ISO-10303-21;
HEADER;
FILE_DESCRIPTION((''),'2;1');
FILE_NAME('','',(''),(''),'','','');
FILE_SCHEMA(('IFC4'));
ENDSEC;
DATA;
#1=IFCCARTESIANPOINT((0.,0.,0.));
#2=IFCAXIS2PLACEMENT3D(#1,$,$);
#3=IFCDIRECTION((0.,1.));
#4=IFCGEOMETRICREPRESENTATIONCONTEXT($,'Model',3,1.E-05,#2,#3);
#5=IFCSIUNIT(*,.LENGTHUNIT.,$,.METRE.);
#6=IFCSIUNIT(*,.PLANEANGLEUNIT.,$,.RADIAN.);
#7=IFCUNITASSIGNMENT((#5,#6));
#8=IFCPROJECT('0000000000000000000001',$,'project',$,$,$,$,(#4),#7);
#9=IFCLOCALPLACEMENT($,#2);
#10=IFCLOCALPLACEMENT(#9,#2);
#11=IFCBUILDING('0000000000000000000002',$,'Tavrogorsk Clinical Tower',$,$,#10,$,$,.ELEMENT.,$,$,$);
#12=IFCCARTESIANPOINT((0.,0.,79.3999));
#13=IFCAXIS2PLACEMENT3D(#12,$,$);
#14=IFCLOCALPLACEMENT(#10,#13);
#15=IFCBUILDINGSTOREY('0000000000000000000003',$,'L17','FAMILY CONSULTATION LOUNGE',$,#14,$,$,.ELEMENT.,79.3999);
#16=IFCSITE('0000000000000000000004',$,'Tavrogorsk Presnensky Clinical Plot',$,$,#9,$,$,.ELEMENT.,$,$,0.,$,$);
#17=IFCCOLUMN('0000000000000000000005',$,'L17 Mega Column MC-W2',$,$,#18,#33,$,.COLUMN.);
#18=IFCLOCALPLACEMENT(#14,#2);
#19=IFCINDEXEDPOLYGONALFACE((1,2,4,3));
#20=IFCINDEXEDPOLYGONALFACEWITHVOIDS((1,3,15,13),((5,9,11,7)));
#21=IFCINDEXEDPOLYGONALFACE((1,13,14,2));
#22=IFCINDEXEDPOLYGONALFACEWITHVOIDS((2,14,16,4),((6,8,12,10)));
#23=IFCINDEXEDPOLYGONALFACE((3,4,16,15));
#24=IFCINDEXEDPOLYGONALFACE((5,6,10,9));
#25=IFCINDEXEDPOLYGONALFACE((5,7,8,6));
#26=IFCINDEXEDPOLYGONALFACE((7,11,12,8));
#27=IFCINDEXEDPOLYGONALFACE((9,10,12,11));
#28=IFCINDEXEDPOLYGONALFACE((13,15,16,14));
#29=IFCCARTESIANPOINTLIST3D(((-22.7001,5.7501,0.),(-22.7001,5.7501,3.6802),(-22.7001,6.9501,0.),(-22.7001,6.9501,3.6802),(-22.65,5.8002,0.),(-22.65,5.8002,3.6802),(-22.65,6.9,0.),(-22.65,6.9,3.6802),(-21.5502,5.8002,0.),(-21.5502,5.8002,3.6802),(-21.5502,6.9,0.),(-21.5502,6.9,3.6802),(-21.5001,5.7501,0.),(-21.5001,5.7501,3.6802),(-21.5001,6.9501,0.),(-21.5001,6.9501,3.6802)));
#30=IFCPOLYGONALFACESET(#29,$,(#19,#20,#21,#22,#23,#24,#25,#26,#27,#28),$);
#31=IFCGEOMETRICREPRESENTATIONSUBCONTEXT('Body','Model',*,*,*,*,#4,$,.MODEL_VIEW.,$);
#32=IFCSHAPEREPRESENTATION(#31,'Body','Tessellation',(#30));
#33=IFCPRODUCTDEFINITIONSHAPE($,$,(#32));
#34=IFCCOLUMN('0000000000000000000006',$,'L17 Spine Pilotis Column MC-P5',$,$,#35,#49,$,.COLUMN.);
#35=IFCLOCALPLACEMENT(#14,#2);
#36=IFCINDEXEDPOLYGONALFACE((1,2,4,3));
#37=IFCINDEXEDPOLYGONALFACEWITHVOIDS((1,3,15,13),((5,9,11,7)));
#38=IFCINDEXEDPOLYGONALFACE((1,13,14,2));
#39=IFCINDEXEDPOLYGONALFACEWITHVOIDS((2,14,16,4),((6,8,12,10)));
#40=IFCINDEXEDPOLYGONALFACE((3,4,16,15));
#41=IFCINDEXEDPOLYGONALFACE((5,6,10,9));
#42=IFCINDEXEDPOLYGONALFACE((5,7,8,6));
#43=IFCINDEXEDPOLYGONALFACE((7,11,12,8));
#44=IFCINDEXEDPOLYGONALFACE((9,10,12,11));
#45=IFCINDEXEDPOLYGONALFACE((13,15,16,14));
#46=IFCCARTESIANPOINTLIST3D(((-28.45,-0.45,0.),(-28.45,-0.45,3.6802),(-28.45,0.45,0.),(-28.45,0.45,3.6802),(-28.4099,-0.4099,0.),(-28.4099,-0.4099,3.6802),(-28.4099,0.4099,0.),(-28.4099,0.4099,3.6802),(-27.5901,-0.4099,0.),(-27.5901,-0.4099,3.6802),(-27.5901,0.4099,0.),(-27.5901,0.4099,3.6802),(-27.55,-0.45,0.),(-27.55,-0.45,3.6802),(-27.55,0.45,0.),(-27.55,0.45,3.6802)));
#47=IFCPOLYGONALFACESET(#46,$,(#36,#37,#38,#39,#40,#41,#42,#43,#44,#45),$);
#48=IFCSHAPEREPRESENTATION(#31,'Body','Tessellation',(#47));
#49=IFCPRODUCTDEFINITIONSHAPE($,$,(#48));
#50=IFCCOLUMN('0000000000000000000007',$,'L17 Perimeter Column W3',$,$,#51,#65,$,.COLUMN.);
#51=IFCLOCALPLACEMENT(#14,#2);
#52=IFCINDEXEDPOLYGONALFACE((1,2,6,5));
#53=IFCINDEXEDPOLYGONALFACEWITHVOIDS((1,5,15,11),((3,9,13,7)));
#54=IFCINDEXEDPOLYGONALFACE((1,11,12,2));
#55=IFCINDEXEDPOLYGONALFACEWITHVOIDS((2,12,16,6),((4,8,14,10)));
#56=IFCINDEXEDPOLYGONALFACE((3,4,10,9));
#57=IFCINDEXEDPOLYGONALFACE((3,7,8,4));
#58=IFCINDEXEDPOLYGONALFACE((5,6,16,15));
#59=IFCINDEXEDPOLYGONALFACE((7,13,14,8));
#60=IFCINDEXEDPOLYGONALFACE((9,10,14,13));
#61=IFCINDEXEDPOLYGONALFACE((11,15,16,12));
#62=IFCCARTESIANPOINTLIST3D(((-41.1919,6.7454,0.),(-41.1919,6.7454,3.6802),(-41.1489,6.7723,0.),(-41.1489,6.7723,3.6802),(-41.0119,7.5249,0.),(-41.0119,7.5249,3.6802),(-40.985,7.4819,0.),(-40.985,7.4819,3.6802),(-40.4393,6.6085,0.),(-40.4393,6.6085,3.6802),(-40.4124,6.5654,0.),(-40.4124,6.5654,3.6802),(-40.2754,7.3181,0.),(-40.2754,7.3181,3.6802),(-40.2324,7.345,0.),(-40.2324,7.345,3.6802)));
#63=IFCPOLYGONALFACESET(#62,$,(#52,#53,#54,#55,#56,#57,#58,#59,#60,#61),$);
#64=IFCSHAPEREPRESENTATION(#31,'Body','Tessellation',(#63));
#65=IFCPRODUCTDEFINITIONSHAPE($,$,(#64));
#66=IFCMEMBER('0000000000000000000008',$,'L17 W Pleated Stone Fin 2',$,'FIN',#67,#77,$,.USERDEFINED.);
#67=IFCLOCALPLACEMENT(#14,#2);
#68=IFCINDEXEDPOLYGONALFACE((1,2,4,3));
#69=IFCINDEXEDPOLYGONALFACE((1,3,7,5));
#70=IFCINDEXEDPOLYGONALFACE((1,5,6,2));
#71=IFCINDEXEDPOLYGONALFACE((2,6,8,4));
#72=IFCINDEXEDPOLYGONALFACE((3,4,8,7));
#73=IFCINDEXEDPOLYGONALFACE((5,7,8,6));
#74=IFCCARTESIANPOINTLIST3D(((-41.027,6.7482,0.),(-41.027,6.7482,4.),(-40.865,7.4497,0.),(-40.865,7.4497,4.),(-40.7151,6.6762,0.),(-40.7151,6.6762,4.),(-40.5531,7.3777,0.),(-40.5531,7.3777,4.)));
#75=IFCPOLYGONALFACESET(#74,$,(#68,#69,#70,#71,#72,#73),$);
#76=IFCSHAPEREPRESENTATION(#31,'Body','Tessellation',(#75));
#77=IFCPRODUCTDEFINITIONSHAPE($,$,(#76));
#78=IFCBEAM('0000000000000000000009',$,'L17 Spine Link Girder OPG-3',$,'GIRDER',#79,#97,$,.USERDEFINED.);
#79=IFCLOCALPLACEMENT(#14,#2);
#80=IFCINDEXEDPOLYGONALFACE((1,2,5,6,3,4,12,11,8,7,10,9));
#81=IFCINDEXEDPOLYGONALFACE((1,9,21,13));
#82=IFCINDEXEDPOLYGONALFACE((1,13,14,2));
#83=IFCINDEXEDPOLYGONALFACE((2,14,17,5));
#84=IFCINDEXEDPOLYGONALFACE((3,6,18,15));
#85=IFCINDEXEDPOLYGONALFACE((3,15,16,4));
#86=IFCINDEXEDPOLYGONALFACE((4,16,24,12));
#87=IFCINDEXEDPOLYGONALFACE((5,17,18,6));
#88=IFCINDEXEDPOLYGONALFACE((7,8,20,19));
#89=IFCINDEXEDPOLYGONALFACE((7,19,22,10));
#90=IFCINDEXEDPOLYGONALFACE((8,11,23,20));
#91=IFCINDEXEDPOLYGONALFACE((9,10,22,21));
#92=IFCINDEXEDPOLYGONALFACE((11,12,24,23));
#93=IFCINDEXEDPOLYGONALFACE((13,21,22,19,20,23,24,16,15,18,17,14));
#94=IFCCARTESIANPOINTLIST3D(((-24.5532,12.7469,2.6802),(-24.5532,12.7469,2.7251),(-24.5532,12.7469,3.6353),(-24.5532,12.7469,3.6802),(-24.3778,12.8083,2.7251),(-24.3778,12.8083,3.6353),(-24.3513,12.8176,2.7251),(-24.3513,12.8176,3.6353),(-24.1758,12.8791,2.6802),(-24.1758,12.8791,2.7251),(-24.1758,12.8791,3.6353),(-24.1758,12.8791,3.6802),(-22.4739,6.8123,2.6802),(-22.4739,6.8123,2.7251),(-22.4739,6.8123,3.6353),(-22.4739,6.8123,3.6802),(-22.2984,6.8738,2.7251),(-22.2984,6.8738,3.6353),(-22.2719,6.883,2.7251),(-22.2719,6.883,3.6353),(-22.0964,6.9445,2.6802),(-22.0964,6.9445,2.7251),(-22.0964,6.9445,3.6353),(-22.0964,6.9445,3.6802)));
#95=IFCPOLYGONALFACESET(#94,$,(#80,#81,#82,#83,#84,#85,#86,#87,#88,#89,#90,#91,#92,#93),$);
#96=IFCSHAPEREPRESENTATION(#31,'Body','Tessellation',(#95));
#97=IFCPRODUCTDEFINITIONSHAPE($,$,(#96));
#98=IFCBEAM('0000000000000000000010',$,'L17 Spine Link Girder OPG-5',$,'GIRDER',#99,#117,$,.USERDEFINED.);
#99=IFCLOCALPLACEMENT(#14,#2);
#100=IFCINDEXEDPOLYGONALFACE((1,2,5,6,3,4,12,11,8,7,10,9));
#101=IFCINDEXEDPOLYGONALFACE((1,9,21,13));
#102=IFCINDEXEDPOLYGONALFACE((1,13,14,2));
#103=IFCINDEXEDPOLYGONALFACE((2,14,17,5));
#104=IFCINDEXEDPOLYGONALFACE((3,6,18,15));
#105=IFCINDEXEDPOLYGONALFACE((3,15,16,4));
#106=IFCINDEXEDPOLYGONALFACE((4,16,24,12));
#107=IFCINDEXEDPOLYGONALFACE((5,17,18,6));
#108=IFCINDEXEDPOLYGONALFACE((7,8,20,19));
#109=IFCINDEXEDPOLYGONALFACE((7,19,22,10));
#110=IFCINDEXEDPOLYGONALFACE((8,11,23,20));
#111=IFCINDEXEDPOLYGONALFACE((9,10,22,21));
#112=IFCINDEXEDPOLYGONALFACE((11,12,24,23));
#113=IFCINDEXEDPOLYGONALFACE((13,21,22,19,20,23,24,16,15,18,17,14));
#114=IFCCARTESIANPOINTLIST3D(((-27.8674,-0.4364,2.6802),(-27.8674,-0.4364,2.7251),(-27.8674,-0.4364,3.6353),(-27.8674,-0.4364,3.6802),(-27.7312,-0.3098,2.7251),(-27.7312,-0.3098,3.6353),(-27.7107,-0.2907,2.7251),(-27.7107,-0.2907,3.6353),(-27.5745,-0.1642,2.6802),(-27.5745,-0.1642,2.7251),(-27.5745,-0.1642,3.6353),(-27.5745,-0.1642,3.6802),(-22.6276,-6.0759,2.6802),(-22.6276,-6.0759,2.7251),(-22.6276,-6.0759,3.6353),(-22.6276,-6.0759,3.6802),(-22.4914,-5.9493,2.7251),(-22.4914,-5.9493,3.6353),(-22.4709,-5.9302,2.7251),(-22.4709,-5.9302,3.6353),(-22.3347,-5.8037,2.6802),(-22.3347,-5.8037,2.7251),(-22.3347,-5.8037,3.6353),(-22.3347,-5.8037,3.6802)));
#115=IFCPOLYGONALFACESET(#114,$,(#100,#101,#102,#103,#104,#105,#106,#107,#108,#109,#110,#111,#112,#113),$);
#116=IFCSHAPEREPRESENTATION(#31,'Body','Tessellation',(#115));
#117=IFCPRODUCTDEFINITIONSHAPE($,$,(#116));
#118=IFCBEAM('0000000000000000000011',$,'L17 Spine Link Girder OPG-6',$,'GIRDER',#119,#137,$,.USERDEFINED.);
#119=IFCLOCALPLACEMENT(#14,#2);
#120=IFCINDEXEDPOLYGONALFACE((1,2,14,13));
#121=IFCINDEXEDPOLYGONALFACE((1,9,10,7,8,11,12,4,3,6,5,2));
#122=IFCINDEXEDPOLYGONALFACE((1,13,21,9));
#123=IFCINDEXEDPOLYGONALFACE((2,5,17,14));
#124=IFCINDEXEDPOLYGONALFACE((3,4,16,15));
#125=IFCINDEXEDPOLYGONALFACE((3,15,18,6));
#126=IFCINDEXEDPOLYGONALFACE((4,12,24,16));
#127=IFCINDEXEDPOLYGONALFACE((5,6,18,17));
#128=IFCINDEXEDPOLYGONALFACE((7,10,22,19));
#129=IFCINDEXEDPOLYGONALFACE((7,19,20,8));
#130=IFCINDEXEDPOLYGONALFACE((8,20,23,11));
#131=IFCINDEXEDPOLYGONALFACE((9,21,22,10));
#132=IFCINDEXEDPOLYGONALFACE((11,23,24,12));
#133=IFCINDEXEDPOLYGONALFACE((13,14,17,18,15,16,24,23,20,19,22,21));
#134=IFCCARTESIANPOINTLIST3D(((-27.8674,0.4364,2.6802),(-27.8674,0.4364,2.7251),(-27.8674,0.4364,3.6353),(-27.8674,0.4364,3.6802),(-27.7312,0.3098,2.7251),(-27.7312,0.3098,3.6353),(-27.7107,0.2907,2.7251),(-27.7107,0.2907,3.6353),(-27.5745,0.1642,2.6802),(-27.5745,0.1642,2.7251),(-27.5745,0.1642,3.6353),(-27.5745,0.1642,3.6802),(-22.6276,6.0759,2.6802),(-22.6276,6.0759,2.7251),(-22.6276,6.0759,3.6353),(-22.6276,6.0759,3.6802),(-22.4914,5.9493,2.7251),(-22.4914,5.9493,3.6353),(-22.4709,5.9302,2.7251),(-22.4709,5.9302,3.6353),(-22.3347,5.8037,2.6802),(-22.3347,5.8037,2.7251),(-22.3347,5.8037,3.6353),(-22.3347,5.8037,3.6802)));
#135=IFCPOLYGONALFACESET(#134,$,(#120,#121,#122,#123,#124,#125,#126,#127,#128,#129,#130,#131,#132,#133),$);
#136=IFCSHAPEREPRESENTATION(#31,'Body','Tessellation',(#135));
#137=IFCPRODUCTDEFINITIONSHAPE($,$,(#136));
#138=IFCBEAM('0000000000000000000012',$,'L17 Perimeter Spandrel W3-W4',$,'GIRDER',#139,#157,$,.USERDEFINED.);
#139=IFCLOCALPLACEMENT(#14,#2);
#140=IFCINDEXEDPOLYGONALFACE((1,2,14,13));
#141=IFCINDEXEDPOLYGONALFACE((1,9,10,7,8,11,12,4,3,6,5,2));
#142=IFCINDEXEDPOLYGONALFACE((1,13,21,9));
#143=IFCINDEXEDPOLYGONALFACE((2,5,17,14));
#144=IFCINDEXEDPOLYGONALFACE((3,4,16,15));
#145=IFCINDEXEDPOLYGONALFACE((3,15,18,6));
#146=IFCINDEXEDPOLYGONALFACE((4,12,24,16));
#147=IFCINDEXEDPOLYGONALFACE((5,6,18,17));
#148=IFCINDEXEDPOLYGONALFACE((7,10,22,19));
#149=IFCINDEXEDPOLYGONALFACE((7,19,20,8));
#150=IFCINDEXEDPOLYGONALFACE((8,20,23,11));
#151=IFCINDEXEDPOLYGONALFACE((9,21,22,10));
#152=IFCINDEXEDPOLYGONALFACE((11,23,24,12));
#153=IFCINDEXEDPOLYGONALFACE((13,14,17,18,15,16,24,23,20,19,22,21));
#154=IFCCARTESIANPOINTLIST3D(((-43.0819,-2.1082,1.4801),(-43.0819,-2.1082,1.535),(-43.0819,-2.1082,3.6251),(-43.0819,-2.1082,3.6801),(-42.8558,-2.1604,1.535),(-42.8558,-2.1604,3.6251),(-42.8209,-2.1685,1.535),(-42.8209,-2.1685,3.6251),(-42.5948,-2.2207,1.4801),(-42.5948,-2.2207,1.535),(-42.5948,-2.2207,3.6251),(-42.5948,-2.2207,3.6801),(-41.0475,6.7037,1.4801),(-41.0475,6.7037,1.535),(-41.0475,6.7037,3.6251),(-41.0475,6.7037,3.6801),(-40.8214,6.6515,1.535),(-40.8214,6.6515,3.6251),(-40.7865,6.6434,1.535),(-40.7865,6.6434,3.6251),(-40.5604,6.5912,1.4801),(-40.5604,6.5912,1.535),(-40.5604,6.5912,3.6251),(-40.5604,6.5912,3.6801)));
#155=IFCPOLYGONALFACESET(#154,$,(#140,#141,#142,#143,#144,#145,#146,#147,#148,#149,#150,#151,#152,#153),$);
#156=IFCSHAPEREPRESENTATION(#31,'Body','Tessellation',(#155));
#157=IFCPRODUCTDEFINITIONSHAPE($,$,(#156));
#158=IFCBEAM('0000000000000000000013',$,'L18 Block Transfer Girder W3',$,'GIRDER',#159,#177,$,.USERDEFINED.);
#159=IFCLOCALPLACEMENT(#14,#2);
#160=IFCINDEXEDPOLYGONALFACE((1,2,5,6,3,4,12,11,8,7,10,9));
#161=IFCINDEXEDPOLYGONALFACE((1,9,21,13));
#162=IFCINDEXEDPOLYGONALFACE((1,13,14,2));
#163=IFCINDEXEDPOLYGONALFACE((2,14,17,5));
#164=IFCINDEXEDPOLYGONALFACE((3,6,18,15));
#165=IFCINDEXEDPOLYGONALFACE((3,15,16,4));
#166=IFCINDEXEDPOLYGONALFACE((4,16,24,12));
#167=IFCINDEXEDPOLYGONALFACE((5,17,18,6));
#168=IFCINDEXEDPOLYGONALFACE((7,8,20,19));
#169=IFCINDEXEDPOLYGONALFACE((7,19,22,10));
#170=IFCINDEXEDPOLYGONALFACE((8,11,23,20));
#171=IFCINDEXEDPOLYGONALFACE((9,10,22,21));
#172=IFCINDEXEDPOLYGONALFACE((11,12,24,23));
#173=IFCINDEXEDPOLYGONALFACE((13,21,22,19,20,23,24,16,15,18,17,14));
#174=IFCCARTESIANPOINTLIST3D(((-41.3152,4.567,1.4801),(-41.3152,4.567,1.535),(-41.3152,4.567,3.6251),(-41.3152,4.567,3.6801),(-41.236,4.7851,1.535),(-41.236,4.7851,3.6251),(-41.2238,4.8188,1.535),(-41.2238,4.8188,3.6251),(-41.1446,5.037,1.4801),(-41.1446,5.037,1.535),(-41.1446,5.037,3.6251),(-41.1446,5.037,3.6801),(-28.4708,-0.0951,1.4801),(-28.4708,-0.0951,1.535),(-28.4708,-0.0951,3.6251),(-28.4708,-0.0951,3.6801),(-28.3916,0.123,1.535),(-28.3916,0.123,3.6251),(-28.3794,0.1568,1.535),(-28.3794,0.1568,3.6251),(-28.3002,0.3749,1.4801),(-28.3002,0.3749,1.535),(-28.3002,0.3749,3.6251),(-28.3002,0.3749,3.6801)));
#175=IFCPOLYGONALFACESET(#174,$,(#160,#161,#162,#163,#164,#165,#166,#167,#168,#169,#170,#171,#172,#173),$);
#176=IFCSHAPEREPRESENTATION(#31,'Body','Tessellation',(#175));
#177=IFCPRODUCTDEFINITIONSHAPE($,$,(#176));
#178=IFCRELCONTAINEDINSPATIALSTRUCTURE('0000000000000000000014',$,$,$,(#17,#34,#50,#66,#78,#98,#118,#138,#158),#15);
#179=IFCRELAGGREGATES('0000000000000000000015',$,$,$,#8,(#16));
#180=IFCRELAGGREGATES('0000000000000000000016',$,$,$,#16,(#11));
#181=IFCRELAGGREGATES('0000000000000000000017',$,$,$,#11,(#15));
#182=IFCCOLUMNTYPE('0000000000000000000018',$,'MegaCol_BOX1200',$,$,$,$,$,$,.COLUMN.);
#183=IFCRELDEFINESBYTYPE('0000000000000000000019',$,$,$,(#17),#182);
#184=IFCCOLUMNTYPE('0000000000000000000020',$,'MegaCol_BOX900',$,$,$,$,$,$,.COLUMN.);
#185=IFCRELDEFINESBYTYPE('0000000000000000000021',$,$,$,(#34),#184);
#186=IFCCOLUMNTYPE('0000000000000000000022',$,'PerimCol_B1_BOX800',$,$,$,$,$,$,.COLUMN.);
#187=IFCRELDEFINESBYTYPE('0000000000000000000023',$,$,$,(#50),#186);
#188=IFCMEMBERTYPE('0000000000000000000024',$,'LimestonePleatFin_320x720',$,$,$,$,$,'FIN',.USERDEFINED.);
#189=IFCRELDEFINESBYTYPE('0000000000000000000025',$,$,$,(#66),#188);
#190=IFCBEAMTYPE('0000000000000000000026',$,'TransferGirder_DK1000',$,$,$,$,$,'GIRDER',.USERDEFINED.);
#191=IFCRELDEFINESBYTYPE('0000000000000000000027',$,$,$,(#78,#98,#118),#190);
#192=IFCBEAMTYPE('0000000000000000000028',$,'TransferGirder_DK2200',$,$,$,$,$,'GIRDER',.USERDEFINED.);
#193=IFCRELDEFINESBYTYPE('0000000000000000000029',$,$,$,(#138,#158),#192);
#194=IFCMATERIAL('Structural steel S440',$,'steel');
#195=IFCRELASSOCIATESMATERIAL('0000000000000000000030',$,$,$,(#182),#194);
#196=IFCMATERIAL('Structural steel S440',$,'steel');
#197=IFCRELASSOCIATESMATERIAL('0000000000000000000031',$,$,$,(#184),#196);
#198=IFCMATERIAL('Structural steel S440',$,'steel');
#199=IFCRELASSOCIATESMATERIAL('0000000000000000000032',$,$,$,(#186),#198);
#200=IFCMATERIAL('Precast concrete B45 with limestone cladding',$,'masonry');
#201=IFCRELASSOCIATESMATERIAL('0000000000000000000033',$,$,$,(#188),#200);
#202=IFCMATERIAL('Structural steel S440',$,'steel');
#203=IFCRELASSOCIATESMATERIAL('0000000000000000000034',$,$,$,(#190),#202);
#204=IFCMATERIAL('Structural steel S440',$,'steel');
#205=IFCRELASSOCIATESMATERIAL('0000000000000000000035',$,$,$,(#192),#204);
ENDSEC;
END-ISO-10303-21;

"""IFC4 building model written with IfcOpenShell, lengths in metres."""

from ifc_helpers import new_model, si_unit, direction, frame, origin, origin_2d, place, context, subcontext, project, spatial, rectangle, hollow_rectangle, i_section, extrude, material, material_profile, profile_set, type_object, element, save


model = new_model("IFC4")

# Units and contexts
model_context = context("Model", 3, precision=1e-05, world=origin(), true_north=direction((0.0, 1.0)))
body_context = subcontext(model_context, "Body", "Model", "MODEL_VIEW")
ifc_project = project(units=[si_unit("LENGTHUNIT", "METRE"), si_unit("PLANEANGLEUNIT", "RADIAN")], contexts=[model_context])

# Site, building, storey
site_placement = place(None, origin())
site = spatial("IfcSite", under=ifc_project, at=site_placement, Name="Tavrogorsk Presnensky Clinical Plot", CompositionType="ELEMENT", RefElevation=0.0)
building_placement = place(site_placement, origin())
building = spatial("IfcBuilding", under=site, at=building_placement, Name="Tavrogorsk Clinical Tower", CompositionType="ELEMENT")
storey_placement = place(building_placement, frame((0.0, 0.0, 79.3999)))
storey = spatial("IfcBuildingStorey", under=building, at=storey_placement, Name="L17", Description="FAMILY CONSULTATION LOUNGE", CompositionType="ELEMENT", Elevation=79.3999)

# Columns
ifc_material_1 = material(Name="Structural steel S440", Category="steel")
ifc_material_profile_1 = material_profile(ifc_material_1, hollow_rectangle(XDim=1.2, YDim=1.2, WallThickness=0.05, at=origin_2d()), Name="BOX-1200x1200x50")
ifc_profile_set_1 = profile_set([ifc_material_profile_1], Name="Structural steel S440")
column_type_1 = type_object("IfcColumnType", Name="MegaCol_BOX1200", PredefinedType="COLUMN", material=ifc_profile_set_1)
column_1_placement = place(storey_placement, frame((-22.1001, 6.3501, 0.0), z_axis=(0.0, 0.0, 1.0), x_axis=(1.0, 0.0, 0.0)))
element("IfcColumn", 1, at=column_1_placement, inside=storey, type_object=column_type_1, Name="L17 Mega Column MC-W2", PredefinedType="COLUMN", context=body_context, shape_type="SweptSolid", body=[
    extrude(hollow_rectangle(XDim=1.2, YDim=1.2, WallThickness=0.05, at=origin_2d()), origin(), (0.0, 0.0, 1.0), 3.6802),
])
ifc_material_2 = material(Name="Structural steel S440", Category="steel")
ifc_material_profile_2 = material_profile(ifc_material_2, hollow_rectangle(XDim=0.8999, YDim=0.8999, WallThickness=0.04, at=origin_2d()), Name="BOX-900x900x40")
ifc_profile_set_2 = profile_set([ifc_material_profile_2], Name="Structural steel S440")
column_type_2 = type_object("IfcColumnType", Name="MegaCol_BOX900", PredefinedType="COLUMN", material=ifc_profile_set_2)
column_2_placement = place(storey_placement, frame((-28.0, 0.0, 0.0), z_axis=(0.0, 0.0, 1.0), x_axis=(1.0, 0.0, 0.0)))
element("IfcColumn", 2, at=column_2_placement, inside=storey, type_object=column_type_2, Name="L17 Spine Pilotis Column MC-P5", PredefinedType="COLUMN", context=body_context, shape_type="SweptSolid", body=[
    extrude(hollow_rectangle(XDim=0.8999, YDim=0.8999, WallThickness=0.04, at=origin_2d()), origin(), (0.0, 0.0, 1.0), 3.6802),
])
ifc_material_3 = material(Name="Structural steel S440", Category="steel")
ifc_material_profile_3 = material_profile(ifc_material_3, hollow_rectangle(XDim=0.8, YDim=0.8, WallThickness=0.0359, at=origin_2d()), Name="BOX-800x800x36")
ifc_profile_set_3 = profile_set([ifc_material_profile_3], Name="Structural steel S440")
column_type_3 = type_object("IfcColumnType", Name="PerimCol_B1_BOX800", PredefinedType="COLUMN", material=ifc_profile_set_3)
column_3_placement = place(storey_placement, frame((-40.7122, 7.0452, 0.0), z_axis=(0.0, 0.0, 1.0), x_axis=(0.97437, -0.224951, 0.0)))
element("IfcColumn", 3, at=column_3_placement, inside=storey, type_object=column_type_3, Name="L17 Perimeter Column W3", PredefinedType="COLUMN", context=body_context, shape_type="SweptSolid", body=[
    extrude(hollow_rectangle(XDim=0.8, YDim=0.8, WallThickness=0.0359, at=origin_2d()), origin(), (0.0, 0.0, 1.0), 3.6802),
])

# Member
ifc_material_4 = material(Name="Precast concrete B45 with limestone cladding", Category="masonry")
ifc_material_profile_4 = material_profile(ifc_material_4, rectangle(XDim=0.3201, YDim=0.72, at=origin_2d()), Name="LIMESTONE-FIN-320x720")
ifc_profile_set_4 = profile_set([ifc_material_profile_4], Name="Precast concrete B45 with limestone cladding")
member_type = type_object("IfcMemberType", Name="LimestonePleatFin_320x720", ElementType="FIN", PredefinedType="USERDEFINED", material=ifc_profile_set_4)
member_placement = place(storey_placement, frame((-40.79, 7.063, 0.0), z_axis=(0.0, 0.0, 1.0), x_axis=(0.97437, -0.224951, 0.0)))
element("IfcMember", 4, at=member_placement, inside=storey, type_object=member_type, Name="L17 W Pleated Stone Fin 2", ObjectType="FIN", PredefinedType="USERDEFINED", context=body_context, shape_type="SweptSolid", body=[
    extrude(rectangle(XDim=0.3201, YDim=0.72, at=origin_2d()), origin(), (0.0, 0.0, 1.0), 4.0),
])

# Beams
ifc_material_5 = material(Name="Structural steel S440", Category="steel")
ifc_material_profile_5 = material_profile(ifc_material_5, i_section(OverallWidth=0.3999, OverallDepth=1.0, WebThickness=0.0281, FlangeThickness=0.0449, at=origin_2d()), Name="DK-1000x400x28x45")
ifc_profile_set_5 = profile_set([ifc_material_profile_5], Name="Structural steel S440")
beam_type_1 = type_object("IfcBeamType", Name="TransferGirder_DK1000", ElementType="GIRDER", PredefinedType="USERDEFINED", material=ifc_profile_set_5)
beam_1_placement = place(storey_placement, frame((-24.3645, 12.813, 3.1802), z_axis=(0.330669, -0.943747, 0.0), x_axis=(0.943747, 0.330669, 0.0)))
element("IfcBeam", 5, at=beam_1_placement, inside=storey, type_object=beam_type_1, Name="L17 Spine Link Girder OPG-3", ObjectType="GIRDER", PredefinedType="USERDEFINED", context=body_context, shape_type="SweptSolid", body=[
    extrude(i_section(OverallWidth=0.3999, OverallDepth=1.0, WebThickness=0.0281, FlangeThickness=0.0449, at=origin_2d()), origin(), (0.0, 0.0, 1.0), 6.2883),
])
for number, where, z_axis, x_axis, name in (
    (6, (-27.7209, -0.3003, 3.1802), (0.680671, -0.732589, 0.0), (0.732589, 0.680671, 0.0), "L17 Spine Link Girder OPG-5"),
    (7, (-27.7209, 0.3003, 3.1802), (0.680671, 0.732589, 0.0), (-0.732589, 0.680671, 0.0), "L17 Spine Link Girder OPG-6"),
):
    element("IfcBeam", number, at=place(storey_placement, frame(where, z_axis=z_axis, x_axis=x_axis)), inside=storey, type_object=beam_type_1, Name=name, ObjectType="GIRDER", PredefinedType="USERDEFINED", context=body_context, shape_type="SweptSolid", body=[
        extrude(i_section(OverallWidth=0.3999, OverallDepth=1.0, WebThickness=0.0281, FlangeThickness=0.0449, at=origin_2d()), origin(), (0.0, 0.0, 1.0), 7.698),
    ])
ifc_material_6 = material(Name="Structural steel S440", Category="steel")
ifc_material_profile_6 = material_profile(ifc_material_6, i_section(OverallWidth=0.5, OverallDepth=2.2, WebThickness=0.0359, FlangeThickness=0.0549, at=origin_2d()), Name="DK-2200x500x36x55")
ifc_profile_set_6 = profile_set([ifc_material_profile_6], Name="Structural steel S440")
beam_type_2 = type_object("IfcBeamType", Name="TransferGirder_DK2200", ElementType="GIRDER", PredefinedType="USERDEFINED", material=ifc_profile_set_6)
beam_2_placement = place(storey_placement, frame((-40.804, 6.6475, 2.5801), z_axis=(-0.224952, -0.97437, 0.0), x_axis=(0.97437, -0.224952, 0.0)))
element("IfcBeam", 8, at=beam_2_placement, inside=storey, type_object=beam_type_2, Name="L17 Perimeter Spandrel W3-W4", ObjectType="GIRDER", PredefinedType="USERDEFINED", context=body_context, shape_type="SweptSolid", body=[
    extrude(i_section(OverallWidth=0.5, OverallDepth=2.2, WebThickness=0.0359, FlangeThickness=0.0549, at=origin_2d()), origin(), (0.0, 0.0, 1.0), 9.0437),
])
beam_3_placement = place(storey_placement, frame((-28.3855, 0.1399, 2.5801), z_axis=(-0.939996, 0.341186, 0.0), x_axis=(-0.341186, -0.939996, 0.0)))
element("IfcBeam", 9, at=beam_3_placement, inside=storey, type_object=beam_type_2, Name="L18 Block Transfer Girder W3", ObjectType="GIRDER", PredefinedType="USERDEFINED", context=body_context, shape_type="SweptSolid", body=[
    extrude(i_section(OverallWidth=0.5, OverallDepth=2.2, WebThickness=0.0359, FlangeThickness=0.0549, at=origin_2d()), origin(), (0.0, 0.0, 1.0), 13.6643),
])

save(model, "model.ifc")
